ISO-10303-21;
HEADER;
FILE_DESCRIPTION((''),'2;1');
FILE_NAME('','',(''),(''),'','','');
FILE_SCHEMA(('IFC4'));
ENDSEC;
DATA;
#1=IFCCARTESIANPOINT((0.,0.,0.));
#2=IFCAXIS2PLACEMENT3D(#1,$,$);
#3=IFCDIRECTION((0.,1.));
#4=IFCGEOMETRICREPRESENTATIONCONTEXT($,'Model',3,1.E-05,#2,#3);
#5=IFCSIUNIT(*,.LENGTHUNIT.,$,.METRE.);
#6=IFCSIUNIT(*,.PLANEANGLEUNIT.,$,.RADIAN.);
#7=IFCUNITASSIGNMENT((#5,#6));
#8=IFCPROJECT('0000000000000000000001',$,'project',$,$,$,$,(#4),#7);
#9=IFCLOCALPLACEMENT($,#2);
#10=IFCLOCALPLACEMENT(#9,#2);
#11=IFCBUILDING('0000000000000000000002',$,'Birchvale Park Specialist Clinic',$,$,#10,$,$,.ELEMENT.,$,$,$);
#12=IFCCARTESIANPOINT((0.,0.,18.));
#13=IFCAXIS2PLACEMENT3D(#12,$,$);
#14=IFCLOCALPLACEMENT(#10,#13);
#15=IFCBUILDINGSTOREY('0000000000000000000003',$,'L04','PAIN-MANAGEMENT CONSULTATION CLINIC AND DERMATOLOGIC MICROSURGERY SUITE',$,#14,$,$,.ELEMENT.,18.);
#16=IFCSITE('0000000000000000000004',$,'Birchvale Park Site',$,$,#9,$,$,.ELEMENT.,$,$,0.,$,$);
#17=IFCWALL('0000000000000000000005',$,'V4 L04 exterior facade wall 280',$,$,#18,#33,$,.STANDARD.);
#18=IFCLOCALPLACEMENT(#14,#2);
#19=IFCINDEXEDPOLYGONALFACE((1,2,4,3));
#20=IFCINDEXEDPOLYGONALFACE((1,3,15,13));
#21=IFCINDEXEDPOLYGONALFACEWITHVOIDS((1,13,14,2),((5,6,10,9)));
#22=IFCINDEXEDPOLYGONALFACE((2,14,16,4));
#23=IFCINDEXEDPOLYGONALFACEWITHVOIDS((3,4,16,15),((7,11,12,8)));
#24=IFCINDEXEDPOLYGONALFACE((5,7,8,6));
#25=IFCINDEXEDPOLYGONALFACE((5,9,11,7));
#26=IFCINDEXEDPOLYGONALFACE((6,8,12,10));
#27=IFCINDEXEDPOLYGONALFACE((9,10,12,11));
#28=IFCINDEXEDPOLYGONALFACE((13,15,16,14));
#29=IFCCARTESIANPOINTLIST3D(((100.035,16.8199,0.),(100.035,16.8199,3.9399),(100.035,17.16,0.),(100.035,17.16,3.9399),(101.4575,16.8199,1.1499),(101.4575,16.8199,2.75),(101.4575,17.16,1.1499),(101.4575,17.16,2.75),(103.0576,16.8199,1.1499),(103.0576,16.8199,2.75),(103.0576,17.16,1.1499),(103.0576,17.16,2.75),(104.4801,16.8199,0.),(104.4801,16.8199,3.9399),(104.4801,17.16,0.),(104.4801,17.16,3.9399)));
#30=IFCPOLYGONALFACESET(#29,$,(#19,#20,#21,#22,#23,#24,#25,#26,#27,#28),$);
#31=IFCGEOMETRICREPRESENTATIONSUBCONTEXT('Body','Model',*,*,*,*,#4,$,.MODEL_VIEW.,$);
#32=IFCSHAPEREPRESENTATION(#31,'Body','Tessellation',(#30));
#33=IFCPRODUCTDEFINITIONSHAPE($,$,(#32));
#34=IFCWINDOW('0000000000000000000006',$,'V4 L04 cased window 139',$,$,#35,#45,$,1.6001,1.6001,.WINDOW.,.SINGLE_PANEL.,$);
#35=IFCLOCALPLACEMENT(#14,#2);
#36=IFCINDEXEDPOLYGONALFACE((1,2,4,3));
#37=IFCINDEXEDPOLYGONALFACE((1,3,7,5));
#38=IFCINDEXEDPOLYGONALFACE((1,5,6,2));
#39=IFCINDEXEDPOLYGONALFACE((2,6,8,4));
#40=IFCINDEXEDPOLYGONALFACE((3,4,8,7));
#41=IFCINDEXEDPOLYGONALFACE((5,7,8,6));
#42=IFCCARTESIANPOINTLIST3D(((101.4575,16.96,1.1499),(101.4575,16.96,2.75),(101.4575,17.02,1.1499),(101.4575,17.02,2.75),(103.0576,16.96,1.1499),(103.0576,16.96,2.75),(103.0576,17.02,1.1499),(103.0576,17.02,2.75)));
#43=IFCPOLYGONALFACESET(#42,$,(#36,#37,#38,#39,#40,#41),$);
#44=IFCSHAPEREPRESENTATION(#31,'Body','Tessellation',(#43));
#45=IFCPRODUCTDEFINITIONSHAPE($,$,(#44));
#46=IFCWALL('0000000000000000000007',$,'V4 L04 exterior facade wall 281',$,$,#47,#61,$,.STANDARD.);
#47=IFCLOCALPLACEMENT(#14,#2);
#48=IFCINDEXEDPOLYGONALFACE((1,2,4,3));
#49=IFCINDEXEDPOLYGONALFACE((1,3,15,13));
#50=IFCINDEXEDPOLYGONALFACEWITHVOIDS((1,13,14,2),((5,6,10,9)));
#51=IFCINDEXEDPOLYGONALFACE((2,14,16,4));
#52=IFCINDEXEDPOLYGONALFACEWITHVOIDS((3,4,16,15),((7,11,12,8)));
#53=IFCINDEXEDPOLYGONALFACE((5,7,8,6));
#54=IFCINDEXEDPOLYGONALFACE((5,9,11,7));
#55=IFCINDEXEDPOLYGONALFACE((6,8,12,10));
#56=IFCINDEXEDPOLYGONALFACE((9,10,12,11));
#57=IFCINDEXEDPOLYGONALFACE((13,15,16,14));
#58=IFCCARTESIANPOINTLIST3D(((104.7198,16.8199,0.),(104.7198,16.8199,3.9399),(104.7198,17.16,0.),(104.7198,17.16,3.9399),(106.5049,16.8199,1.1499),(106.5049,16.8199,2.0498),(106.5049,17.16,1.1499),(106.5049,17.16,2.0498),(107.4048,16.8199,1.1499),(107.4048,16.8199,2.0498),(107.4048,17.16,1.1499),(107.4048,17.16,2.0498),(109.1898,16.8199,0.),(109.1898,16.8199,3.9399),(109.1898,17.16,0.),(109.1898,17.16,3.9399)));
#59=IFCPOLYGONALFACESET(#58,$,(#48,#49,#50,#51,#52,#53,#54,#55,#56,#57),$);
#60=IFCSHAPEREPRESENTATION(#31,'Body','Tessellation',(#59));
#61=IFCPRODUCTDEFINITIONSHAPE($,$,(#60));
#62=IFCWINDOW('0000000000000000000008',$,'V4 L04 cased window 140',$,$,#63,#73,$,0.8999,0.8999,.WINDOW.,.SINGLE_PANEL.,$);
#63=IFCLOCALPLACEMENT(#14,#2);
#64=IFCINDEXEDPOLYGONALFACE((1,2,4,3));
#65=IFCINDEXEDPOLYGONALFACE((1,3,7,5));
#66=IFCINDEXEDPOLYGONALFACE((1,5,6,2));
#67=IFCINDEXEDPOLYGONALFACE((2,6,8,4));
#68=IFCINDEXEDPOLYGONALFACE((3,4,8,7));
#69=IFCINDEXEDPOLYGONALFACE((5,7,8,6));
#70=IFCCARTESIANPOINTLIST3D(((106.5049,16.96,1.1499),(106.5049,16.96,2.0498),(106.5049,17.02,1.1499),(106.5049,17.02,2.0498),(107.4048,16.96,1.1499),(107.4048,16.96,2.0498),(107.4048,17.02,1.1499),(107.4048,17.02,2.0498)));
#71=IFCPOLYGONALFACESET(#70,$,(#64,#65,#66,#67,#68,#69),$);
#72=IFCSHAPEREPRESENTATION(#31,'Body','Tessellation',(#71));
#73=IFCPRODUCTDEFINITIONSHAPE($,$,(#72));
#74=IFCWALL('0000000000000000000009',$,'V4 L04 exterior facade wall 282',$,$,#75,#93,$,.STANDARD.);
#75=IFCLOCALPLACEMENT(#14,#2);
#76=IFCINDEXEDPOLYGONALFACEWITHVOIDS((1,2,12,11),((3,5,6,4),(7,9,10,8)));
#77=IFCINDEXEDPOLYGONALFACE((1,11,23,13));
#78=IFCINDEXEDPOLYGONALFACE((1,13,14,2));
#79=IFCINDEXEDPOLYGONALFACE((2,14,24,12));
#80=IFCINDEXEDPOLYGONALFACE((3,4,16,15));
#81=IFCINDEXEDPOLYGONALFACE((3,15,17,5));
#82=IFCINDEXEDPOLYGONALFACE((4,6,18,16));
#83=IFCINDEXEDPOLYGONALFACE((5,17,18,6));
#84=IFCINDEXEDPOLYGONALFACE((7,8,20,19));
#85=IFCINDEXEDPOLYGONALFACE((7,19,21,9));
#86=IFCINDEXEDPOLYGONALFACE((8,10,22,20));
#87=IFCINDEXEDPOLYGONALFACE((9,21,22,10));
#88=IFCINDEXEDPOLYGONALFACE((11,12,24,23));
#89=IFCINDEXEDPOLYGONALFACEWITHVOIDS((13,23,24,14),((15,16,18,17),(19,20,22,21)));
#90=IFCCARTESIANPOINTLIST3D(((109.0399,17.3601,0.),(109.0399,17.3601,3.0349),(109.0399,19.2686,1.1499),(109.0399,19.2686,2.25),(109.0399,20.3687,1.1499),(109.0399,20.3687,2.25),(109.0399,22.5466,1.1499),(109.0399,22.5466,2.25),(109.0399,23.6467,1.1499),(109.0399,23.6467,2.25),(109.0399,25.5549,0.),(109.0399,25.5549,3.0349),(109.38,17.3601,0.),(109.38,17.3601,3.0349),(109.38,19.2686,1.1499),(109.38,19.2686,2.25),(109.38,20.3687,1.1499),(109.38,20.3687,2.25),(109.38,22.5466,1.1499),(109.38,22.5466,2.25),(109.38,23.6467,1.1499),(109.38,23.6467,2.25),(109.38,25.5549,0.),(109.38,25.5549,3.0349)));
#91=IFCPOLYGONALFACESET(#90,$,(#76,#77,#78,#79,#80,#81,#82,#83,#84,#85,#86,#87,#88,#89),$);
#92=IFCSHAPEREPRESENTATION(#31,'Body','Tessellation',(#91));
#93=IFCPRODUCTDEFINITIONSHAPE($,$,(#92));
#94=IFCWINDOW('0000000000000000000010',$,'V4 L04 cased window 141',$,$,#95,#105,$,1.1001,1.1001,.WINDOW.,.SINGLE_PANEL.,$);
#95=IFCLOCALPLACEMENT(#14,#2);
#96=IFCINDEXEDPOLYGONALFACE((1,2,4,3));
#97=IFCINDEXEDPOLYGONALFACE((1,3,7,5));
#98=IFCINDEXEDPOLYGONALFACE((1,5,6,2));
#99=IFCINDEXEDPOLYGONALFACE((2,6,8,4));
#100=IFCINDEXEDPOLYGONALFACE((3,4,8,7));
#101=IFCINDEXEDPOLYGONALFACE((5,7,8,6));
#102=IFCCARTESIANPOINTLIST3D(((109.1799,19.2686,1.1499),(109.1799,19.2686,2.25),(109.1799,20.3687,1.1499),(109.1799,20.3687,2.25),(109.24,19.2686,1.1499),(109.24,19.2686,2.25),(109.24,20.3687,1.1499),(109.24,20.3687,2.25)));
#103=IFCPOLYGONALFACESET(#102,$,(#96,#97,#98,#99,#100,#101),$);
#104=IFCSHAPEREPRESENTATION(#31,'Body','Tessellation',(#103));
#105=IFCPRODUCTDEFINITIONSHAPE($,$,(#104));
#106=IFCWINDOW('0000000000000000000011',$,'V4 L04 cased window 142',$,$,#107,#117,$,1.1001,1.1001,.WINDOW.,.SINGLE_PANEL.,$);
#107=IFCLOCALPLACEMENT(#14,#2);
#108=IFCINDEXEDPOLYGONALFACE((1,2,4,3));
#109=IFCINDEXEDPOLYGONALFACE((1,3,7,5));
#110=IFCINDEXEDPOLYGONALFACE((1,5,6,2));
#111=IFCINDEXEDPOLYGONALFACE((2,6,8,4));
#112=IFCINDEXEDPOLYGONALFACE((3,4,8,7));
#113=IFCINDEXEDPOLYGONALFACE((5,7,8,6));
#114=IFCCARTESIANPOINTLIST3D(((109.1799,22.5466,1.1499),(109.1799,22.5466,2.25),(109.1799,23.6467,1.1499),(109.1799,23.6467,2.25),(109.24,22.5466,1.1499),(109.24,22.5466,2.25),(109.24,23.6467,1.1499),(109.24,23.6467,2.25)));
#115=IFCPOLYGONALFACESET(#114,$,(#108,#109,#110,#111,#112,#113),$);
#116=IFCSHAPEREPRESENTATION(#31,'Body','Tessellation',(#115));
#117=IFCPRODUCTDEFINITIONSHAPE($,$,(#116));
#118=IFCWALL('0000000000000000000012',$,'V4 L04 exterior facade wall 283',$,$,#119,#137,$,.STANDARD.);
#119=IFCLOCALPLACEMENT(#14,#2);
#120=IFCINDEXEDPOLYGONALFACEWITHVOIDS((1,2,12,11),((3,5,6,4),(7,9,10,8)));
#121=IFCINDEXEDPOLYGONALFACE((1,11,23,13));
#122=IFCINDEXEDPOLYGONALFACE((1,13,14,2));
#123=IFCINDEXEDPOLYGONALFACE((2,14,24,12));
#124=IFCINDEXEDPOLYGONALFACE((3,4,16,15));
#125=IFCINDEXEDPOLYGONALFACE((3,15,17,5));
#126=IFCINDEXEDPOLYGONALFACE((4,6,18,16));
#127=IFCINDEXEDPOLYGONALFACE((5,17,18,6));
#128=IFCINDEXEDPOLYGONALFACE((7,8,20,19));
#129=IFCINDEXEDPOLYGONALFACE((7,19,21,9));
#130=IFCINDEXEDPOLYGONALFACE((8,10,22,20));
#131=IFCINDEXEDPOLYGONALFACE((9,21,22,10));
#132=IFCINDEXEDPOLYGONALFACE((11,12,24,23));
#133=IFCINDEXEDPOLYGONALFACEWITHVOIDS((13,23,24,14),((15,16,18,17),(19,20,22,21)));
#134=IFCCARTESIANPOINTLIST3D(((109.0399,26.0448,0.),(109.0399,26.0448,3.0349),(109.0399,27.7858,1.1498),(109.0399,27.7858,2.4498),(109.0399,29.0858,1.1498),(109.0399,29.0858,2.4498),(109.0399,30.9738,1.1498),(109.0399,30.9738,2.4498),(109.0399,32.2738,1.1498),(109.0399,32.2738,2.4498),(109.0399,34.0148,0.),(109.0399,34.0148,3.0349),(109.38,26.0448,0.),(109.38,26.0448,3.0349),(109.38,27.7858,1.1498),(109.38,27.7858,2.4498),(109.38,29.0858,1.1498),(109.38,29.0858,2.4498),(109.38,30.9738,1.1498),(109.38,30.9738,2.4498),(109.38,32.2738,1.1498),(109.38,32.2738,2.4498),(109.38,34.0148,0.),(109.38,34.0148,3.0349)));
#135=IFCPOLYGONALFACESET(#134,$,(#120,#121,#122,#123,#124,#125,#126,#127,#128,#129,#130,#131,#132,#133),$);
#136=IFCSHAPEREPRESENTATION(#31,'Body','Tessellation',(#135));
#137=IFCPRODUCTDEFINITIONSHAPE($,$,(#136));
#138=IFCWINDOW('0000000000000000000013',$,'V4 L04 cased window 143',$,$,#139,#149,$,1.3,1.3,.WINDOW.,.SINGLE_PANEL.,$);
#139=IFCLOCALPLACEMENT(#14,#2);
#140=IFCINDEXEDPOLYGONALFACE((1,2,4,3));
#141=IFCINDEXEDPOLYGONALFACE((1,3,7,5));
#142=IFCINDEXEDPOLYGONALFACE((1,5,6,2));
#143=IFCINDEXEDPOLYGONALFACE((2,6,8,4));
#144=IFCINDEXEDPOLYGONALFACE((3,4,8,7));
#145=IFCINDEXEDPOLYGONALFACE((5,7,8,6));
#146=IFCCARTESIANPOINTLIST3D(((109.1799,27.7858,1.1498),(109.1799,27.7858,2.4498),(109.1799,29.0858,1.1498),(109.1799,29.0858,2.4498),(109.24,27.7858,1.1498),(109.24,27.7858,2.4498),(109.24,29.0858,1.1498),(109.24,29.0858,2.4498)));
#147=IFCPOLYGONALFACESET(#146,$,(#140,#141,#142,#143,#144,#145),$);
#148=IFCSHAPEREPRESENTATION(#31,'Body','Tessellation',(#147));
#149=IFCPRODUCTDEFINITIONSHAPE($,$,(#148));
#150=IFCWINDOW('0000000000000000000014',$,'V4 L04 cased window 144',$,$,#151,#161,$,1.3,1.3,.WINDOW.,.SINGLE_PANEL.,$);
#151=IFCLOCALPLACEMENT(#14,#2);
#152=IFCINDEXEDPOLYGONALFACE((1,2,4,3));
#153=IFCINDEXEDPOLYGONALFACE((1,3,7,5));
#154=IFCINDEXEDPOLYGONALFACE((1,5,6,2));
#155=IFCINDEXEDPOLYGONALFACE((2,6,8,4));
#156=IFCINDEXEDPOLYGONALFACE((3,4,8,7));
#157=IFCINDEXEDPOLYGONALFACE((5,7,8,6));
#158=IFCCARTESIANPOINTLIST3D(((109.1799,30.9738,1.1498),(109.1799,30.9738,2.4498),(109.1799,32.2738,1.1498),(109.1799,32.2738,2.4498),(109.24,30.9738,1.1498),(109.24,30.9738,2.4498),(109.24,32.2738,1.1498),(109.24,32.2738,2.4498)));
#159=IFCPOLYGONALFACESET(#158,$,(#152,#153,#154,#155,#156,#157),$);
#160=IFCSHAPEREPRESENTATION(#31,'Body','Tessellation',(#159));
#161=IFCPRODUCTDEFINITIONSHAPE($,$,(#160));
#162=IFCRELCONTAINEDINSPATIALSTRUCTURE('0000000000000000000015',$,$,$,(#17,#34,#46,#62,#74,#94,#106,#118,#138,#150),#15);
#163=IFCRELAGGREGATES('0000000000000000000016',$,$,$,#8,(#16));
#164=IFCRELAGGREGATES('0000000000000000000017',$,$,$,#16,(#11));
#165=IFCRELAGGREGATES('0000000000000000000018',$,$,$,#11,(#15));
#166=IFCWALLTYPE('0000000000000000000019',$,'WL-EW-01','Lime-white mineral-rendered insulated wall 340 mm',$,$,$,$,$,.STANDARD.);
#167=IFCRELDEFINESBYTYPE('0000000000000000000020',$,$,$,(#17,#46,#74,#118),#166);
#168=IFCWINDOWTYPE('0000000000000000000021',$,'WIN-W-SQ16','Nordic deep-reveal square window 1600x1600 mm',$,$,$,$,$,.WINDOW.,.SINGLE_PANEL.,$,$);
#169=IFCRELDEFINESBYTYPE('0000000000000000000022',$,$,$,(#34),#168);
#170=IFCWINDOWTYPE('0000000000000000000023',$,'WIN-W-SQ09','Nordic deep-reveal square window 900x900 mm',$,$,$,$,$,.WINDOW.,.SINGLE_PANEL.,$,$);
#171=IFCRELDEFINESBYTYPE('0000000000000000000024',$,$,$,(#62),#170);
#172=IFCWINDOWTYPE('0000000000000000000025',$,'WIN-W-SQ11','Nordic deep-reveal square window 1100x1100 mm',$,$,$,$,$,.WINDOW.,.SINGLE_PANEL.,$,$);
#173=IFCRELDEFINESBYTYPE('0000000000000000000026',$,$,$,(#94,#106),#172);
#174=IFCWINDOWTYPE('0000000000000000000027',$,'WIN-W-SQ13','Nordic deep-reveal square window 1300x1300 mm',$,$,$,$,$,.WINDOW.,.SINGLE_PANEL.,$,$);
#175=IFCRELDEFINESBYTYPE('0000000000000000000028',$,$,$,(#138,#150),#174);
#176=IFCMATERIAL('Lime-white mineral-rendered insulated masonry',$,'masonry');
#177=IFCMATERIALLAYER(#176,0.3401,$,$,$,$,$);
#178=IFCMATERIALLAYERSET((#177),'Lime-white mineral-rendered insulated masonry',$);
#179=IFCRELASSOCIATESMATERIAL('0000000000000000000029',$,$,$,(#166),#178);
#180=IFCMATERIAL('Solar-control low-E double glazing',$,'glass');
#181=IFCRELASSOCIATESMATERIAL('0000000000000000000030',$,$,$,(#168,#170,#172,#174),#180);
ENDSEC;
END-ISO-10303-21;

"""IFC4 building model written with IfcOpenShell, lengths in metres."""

from ifc_helpers import new_model, si_unit, direction, frame, frame_2d, origin, place, context, subcontext, project, spatial, rectangle, extrude, material, layer, layer_set, type_object, element, fill, save


model = new_model("IFC4")

# Units and contexts
model_context = context("Model", 3, precision=1e-05, world=origin(), true_north=direction((0.0, 1.0)))
body_context = subcontext(model_context, "Body", "Model", "MODEL_VIEW")
ifc_project = project(units=[si_unit("LENGTHUNIT", "METRE"), si_unit("PLANEANGLEUNIT", "RADIAN")], contexts=[model_context])

# Site, building, storey
site_placement = place(None, origin())
site = spatial("IfcSite", under=ifc_project, at=site_placement, Name="Birchvale Park Site", CompositionType="ELEMENT", RefElevation=0.0)
building_placement = place(site_placement, origin())
building = spatial("IfcBuilding", under=site, at=building_placement, Name="Birchvale Park Specialist Clinic", CompositionType="ELEMENT")
storey_placement = place(building_placement, frame((0.0, 0.0, 18.0)))
storey = spatial("IfcBuildingStorey", under=building, at=storey_placement, Name="L04", Description="PAIN-MANAGEMENT CONSULTATION CLINIC AND DERMATOLOGIC MICROSURGERY SUITE", CompositionType="ELEMENT", Elevation=18.0)

# Walls, openings, windows
ifc_material_1 = material(Name="Lime-white mineral-rendered insulated masonry", Category="masonry")
ifc_layer_1 = layer(ifc_material_1, 0.3401)
ifc_layer_set_1 = layer_set([ifc_layer_1], Name="Lime-white mineral-rendered insulated masonry")
wall_type_1 = type_object("IfcWallType", Name="WL-EW-01", Description="Lime-white mineral-rendered insulated wall 340 mm", PredefinedType="STANDARD", material=ifc_layer_set_1)
wall_1_placement = place(storey_placement, frame((100.0349, 16.99, 0.0), z_axis=(0.0, 0.0, 1.0), x_axis=(1.0, 0.0, 0.0)))
wall_1 = element("IfcWall", 1, at=wall_1_placement, inside=storey, type_object=wall_type_1, Name="V4 L04 exterior facade wall 280", PredefinedType="STANDARD", context=body_context, shape_type="SweptSolid", body=[
    extrude(rectangle(XDim=4.4451, YDim=0.3401, at=frame_2d((2.2227, 0.0))), origin(), (0.0, 0.0, 1.0), 3.9399),
])
opening_1_placement = place(wall_1_placement, frame((1.4226, 0.0, 1.1499)))
opening_1 = element("IfcOpeningElement", 2, at=opening_1_placement, cuts=wall_1, PredefinedType="OPENING", context=body_context, shape_type="SweptSolid", body=[
    extrude(rectangle(XDim=1.6001, YDim=1.6001, at=frame_2d((0.8, 0.8))), frame((0.0, 0.1802, 0.0), z_axis=(0.0, -1.0, 0.0), x_axis=(1.0, 0.0, 0.0)), (0.0, 0.0, 1.0), 0.3601),
])
ifc_material_2 = material(Name="Solar-control low-E double glazing", Category="glass")
window_type_1 = type_object("IfcWindowType", Name="WIN-W-SQ16", Description="Nordic deep-reveal square window 1600x1600 mm", PartitioningType="SINGLE_PANEL", PredefinedType="WINDOW", material=ifc_material_2)
window_1_placement = place(opening_1_placement, origin())
window_1 = element("IfcWindow", 3, at=window_1_placement, inside=storey, type_object=window_type_1, Name="V4 L04 cased window 139", OverallHeight=1.6001, OverallWidth=1.6001, PartitioningType="SINGLE_PANEL", PredefinedType="WINDOW", context=body_context, shape_type="SweptSolid", body=[
    extrude(rectangle(XDim=1.6001, YDim=1.6001, at=frame_2d((0.8, 0.8))), frame((0.0, 0.03, 0.0), z_axis=(0.0, -1.0, 0.0), x_axis=(1.0, 0.0, 0.0)), (0.0, 0.0, 1.0), 0.0601),
])
fill(opening_1, window_1)
wall_2_placement = place(storey_placement, frame((104.72, 16.99, 0.0), z_axis=(0.0, 0.0, 1.0), x_axis=(1.0, 0.0, 0.0)))
wall_2 = element("IfcWall", 4, at=wall_2_placement, inside=storey, type_object=wall_type_1, Name="V4 L04 exterior facade wall 281", PredefinedType="STANDARD", context=body_context, shape_type="SweptSolid", body=[
    extrude(rectangle(XDim=4.47, YDim=0.3401, at=frame_2d((2.2349, 0.0))), origin(), (0.0, 0.0, 1.0), 3.9399),
])
opening_2_placement = place(wall_2_placement, frame((1.7849, 0.0, 1.1499)))
opening_2 = element("IfcOpeningElement", 5, at=opening_2_placement, cuts=wall_2, PredefinedType="OPENING", context=body_context, shape_type="SweptSolid", body=[
    extrude(rectangle(XDim=0.8999, YDim=0.8999, at=frame_2d((0.45, 0.45))), frame((0.0, 0.1802, 0.0), z_axis=(0.0, -1.0, 0.0), x_axis=(1.0, 0.0, 0.0)), (0.0, 0.0, 1.0), 0.3601),
])
window_type_2 = type_object("IfcWindowType", Name="WIN-W-SQ09", Description="Nordic deep-reveal square window 900x900 mm", PartitioningType="SINGLE_PANEL", PredefinedType="WINDOW", material=ifc_material_2)
window_2_placement = place(opening_2_placement, origin())
window_2 = element("IfcWindow", 6, at=window_2_placement, inside=storey, type_object=window_type_2, Name="V4 L04 cased window 140", OverallHeight=0.8999, OverallWidth=0.8999, PartitioningType="SINGLE_PANEL", PredefinedType="WINDOW", context=body_context, shape_type="SweptSolid", body=[
    extrude(rectangle(XDim=0.8999, YDim=0.8999, at=frame_2d((0.45, 0.45))), frame((0.0, 0.03, 0.0), z_axis=(0.0, -1.0, 0.0), x_axis=(1.0, 0.0, 0.0)), (0.0, 0.0, 1.0), 0.0601),
])
fill(opening_2, window_2)

# Walls, openings, windows
wall_3_placement = place(storey_placement, frame((109.21, 17.3601, 0.0), z_axis=(0.0, 0.0, 1.0), x_axis=(0.0, 1.0, 0.0)))
wall_3 = element("IfcWall", 7, at=wall_3_placement, inside=storey, type_object=wall_type_1, Name="V4 L04 exterior facade wall 282", PredefinedType="STANDARD", context=body_context, shape_type="SweptSolid", body=[
    extrude(rectangle(XDim=8.1948, YDim=0.3401, at=frame_2d((4.0974, 0.0))), origin(), (0.0, 0.0, 1.0), 3.0349),
])
opening_3_placement = place(wall_3_placement, frame((1.9084, 0.0, 1.1499)))
opening_3 = element("IfcOpeningElement", 8, at=opening_3_placement, cuts=wall_3, PredefinedType="OPENING", context=body_context, shape_type="SweptSolid", body=[
    extrude(rectangle(XDim=1.1001, YDim=1.1001, at=frame_2d((0.55, 0.55))), frame((0.0, 0.1802, 0.0), z_axis=(0.0, -1.0, 0.0), x_axis=(1.0, 0.0, 0.0)), (0.0, 0.0, 1.0), 0.3601),
])
opening_4_placement = place(wall_3_placement, frame((5.1865, 0.0, 1.1499)))
opening_4 = element("IfcOpeningElement", 9, at=opening_4_placement, cuts=wall_3, PredefinedType="OPENING", context=body_context, shape_type="SweptSolid", body=[
    extrude(rectangle(XDim=1.1001, YDim=1.1001, at=frame_2d((0.55, 0.55))), frame((0.0, 0.1802, 0.0), z_axis=(0.0, -1.0, 0.0), x_axis=(1.0, 0.0, 0.0)), (0.0, 0.0, 1.0), 0.3601),
])
window_type_3 = type_object("IfcWindowType", Name="WIN-W-SQ11", Description="Nordic deep-reveal square window 1100x1100 mm", PartitioningType="SINGLE_PANEL", PredefinedType="WINDOW", material=ifc_material_2)
window_3_placement = place(opening_3_placement, origin())
window_3 = element("IfcWindow", 10, at=window_3_placement, inside=storey, type_object=window_type_3, Name="V4 L04 cased window 141", OverallHeight=1.1001, OverallWidth=1.1001, PartitioningType="SINGLE_PANEL", PredefinedType="WINDOW", context=body_context, shape_type="SweptSolid", body=[
    extrude(rectangle(XDim=1.1001, YDim=1.1001, at=frame_2d((0.55, 0.55))), frame((0.0, 0.03, 0.0), z_axis=(0.0, -1.0, 0.0), x_axis=(1.0, 0.0, 0.0)), (0.0, 0.0, 1.0), 0.0601),
])
fill(opening_3, window_3)
window_4_placement = place(opening_4_placement, origin())
window_4 = element("IfcWindow", 11, at=window_4_placement, inside=storey, type_object=window_type_3, Name="V4 L04 cased window 142", OverallHeight=1.1001, OverallWidth=1.1001, PartitioningType="SINGLE_PANEL", PredefinedType="WINDOW", context=body_context, shape_type="SweptSolid", body=[
    extrude(rectangle(XDim=1.1001, YDim=1.1001, at=frame_2d((0.55, 0.55))), frame((0.0, 0.03, 0.0), z_axis=(0.0, -1.0, 0.0), x_axis=(1.0, 0.0, 0.0)), (0.0, 0.0, 1.0), 0.0601),
])
fill(opening_4, window_4)
wall_4_placement = place(storey_placement, frame((109.21, 26.0449, 0.0), z_axis=(0.0, 0.0, 1.0), x_axis=(0.0, 1.0, 0.0)))
wall_4 = element("IfcWall", 12, at=wall_4_placement, inside=storey, type_object=wall_type_1, Name="V4 L04 exterior facade wall 283", PredefinedType="STANDARD", context=body_context, shape_type="SweptSolid", body=[
    extrude(rectangle(XDim=7.97, YDim=0.3401, at=frame_2d((3.9849, 0.0))), origin(), (0.0, 0.0, 1.0), 3.0349),
])
opening_5_placement = place(wall_4_placement, frame((1.741, 0.0, 1.1499)))
opening_5 = element("IfcOpeningElement", 13, at=opening_5_placement, cuts=wall_4, PredefinedType="OPENING", context=body_context, shape_type="SweptSolid", body=[
    extrude(rectangle(XDim=1.3, YDim=1.3, at=frame_2d((0.6499, 0.6499))), frame((0.0, 0.1802, 0.0), z_axis=(0.0, -1.0, 0.0), x_axis=(1.0, 0.0, 0.0)), (0.0, 0.0, 1.0), 0.3601),
])
opening_6_placement = place(wall_4_placement, frame((4.929, 0.0, 1.1499)))
opening_6 = element("IfcOpeningElement", 14, at=opening_6_placement, cuts=wall_4, PredefinedType="OPENING", context=body_context, shape_type="SweptSolid", body=[
    extrude(rectangle(XDim=1.3, YDim=1.3, at=frame_2d((0.6499, 0.6499))), frame((0.0, 0.1802, 0.0), z_axis=(0.0, -1.0, 0.0), x_axis=(1.0, 0.0, 0.0)), (0.0, 0.0, 1.0), 0.3601),
])
window_type_4 = type_object("IfcWindowType", Name="WIN-W-SQ13", Description="Nordic deep-reveal square window 1300x1300 mm", PartitioningType="SINGLE_PANEL", PredefinedType="WINDOW", material=ifc_material_2)
window_5_placement = place(opening_5_placement, origin())
window_5 = element("IfcWindow", 15, at=window_5_placement, inside=storey, type_object=window_type_4, Name="V4 L04 cased window 143", OverallHeight=1.3, OverallWidth=1.3, PartitioningType="SINGLE_PANEL", PredefinedType="WINDOW", context=body_context, shape_type="SweptSolid", body=[
    extrude(rectangle(XDim=1.3, YDim=1.3, at=frame_2d((0.6499, 0.6499))), frame((0.0, 0.03, 0.0), z_axis=(0.0, -1.0, 0.0), x_axis=(1.0, 0.0, 0.0)), (0.0, 0.0, 1.0), 0.0601),
])
fill(opening_5, window_5)
window_6_placement = place(opening_6_placement, origin())
window_6 = element("IfcWindow", 16, at=window_6_placement, inside=storey, type_object=window_type_4, Name="V4 L04 cased window 144", OverallHeight=1.3, OverallWidth=1.3, PartitioningType="SINGLE_PANEL", PredefinedType="WINDOW", context=body_context, shape_type="SweptSolid", body=[
    extrude(rectangle(XDim=1.3, YDim=1.3, at=frame_2d((0.6499, 0.6499))), frame((0.0, 0.03, 0.0), z_axis=(0.0, -1.0, 0.0), x_axis=(1.0, 0.0, 0.0)), (0.0, 0.0, 1.0), 0.0601),
])
fill(opening_6, window_6)

save(model, "model.ifc")
